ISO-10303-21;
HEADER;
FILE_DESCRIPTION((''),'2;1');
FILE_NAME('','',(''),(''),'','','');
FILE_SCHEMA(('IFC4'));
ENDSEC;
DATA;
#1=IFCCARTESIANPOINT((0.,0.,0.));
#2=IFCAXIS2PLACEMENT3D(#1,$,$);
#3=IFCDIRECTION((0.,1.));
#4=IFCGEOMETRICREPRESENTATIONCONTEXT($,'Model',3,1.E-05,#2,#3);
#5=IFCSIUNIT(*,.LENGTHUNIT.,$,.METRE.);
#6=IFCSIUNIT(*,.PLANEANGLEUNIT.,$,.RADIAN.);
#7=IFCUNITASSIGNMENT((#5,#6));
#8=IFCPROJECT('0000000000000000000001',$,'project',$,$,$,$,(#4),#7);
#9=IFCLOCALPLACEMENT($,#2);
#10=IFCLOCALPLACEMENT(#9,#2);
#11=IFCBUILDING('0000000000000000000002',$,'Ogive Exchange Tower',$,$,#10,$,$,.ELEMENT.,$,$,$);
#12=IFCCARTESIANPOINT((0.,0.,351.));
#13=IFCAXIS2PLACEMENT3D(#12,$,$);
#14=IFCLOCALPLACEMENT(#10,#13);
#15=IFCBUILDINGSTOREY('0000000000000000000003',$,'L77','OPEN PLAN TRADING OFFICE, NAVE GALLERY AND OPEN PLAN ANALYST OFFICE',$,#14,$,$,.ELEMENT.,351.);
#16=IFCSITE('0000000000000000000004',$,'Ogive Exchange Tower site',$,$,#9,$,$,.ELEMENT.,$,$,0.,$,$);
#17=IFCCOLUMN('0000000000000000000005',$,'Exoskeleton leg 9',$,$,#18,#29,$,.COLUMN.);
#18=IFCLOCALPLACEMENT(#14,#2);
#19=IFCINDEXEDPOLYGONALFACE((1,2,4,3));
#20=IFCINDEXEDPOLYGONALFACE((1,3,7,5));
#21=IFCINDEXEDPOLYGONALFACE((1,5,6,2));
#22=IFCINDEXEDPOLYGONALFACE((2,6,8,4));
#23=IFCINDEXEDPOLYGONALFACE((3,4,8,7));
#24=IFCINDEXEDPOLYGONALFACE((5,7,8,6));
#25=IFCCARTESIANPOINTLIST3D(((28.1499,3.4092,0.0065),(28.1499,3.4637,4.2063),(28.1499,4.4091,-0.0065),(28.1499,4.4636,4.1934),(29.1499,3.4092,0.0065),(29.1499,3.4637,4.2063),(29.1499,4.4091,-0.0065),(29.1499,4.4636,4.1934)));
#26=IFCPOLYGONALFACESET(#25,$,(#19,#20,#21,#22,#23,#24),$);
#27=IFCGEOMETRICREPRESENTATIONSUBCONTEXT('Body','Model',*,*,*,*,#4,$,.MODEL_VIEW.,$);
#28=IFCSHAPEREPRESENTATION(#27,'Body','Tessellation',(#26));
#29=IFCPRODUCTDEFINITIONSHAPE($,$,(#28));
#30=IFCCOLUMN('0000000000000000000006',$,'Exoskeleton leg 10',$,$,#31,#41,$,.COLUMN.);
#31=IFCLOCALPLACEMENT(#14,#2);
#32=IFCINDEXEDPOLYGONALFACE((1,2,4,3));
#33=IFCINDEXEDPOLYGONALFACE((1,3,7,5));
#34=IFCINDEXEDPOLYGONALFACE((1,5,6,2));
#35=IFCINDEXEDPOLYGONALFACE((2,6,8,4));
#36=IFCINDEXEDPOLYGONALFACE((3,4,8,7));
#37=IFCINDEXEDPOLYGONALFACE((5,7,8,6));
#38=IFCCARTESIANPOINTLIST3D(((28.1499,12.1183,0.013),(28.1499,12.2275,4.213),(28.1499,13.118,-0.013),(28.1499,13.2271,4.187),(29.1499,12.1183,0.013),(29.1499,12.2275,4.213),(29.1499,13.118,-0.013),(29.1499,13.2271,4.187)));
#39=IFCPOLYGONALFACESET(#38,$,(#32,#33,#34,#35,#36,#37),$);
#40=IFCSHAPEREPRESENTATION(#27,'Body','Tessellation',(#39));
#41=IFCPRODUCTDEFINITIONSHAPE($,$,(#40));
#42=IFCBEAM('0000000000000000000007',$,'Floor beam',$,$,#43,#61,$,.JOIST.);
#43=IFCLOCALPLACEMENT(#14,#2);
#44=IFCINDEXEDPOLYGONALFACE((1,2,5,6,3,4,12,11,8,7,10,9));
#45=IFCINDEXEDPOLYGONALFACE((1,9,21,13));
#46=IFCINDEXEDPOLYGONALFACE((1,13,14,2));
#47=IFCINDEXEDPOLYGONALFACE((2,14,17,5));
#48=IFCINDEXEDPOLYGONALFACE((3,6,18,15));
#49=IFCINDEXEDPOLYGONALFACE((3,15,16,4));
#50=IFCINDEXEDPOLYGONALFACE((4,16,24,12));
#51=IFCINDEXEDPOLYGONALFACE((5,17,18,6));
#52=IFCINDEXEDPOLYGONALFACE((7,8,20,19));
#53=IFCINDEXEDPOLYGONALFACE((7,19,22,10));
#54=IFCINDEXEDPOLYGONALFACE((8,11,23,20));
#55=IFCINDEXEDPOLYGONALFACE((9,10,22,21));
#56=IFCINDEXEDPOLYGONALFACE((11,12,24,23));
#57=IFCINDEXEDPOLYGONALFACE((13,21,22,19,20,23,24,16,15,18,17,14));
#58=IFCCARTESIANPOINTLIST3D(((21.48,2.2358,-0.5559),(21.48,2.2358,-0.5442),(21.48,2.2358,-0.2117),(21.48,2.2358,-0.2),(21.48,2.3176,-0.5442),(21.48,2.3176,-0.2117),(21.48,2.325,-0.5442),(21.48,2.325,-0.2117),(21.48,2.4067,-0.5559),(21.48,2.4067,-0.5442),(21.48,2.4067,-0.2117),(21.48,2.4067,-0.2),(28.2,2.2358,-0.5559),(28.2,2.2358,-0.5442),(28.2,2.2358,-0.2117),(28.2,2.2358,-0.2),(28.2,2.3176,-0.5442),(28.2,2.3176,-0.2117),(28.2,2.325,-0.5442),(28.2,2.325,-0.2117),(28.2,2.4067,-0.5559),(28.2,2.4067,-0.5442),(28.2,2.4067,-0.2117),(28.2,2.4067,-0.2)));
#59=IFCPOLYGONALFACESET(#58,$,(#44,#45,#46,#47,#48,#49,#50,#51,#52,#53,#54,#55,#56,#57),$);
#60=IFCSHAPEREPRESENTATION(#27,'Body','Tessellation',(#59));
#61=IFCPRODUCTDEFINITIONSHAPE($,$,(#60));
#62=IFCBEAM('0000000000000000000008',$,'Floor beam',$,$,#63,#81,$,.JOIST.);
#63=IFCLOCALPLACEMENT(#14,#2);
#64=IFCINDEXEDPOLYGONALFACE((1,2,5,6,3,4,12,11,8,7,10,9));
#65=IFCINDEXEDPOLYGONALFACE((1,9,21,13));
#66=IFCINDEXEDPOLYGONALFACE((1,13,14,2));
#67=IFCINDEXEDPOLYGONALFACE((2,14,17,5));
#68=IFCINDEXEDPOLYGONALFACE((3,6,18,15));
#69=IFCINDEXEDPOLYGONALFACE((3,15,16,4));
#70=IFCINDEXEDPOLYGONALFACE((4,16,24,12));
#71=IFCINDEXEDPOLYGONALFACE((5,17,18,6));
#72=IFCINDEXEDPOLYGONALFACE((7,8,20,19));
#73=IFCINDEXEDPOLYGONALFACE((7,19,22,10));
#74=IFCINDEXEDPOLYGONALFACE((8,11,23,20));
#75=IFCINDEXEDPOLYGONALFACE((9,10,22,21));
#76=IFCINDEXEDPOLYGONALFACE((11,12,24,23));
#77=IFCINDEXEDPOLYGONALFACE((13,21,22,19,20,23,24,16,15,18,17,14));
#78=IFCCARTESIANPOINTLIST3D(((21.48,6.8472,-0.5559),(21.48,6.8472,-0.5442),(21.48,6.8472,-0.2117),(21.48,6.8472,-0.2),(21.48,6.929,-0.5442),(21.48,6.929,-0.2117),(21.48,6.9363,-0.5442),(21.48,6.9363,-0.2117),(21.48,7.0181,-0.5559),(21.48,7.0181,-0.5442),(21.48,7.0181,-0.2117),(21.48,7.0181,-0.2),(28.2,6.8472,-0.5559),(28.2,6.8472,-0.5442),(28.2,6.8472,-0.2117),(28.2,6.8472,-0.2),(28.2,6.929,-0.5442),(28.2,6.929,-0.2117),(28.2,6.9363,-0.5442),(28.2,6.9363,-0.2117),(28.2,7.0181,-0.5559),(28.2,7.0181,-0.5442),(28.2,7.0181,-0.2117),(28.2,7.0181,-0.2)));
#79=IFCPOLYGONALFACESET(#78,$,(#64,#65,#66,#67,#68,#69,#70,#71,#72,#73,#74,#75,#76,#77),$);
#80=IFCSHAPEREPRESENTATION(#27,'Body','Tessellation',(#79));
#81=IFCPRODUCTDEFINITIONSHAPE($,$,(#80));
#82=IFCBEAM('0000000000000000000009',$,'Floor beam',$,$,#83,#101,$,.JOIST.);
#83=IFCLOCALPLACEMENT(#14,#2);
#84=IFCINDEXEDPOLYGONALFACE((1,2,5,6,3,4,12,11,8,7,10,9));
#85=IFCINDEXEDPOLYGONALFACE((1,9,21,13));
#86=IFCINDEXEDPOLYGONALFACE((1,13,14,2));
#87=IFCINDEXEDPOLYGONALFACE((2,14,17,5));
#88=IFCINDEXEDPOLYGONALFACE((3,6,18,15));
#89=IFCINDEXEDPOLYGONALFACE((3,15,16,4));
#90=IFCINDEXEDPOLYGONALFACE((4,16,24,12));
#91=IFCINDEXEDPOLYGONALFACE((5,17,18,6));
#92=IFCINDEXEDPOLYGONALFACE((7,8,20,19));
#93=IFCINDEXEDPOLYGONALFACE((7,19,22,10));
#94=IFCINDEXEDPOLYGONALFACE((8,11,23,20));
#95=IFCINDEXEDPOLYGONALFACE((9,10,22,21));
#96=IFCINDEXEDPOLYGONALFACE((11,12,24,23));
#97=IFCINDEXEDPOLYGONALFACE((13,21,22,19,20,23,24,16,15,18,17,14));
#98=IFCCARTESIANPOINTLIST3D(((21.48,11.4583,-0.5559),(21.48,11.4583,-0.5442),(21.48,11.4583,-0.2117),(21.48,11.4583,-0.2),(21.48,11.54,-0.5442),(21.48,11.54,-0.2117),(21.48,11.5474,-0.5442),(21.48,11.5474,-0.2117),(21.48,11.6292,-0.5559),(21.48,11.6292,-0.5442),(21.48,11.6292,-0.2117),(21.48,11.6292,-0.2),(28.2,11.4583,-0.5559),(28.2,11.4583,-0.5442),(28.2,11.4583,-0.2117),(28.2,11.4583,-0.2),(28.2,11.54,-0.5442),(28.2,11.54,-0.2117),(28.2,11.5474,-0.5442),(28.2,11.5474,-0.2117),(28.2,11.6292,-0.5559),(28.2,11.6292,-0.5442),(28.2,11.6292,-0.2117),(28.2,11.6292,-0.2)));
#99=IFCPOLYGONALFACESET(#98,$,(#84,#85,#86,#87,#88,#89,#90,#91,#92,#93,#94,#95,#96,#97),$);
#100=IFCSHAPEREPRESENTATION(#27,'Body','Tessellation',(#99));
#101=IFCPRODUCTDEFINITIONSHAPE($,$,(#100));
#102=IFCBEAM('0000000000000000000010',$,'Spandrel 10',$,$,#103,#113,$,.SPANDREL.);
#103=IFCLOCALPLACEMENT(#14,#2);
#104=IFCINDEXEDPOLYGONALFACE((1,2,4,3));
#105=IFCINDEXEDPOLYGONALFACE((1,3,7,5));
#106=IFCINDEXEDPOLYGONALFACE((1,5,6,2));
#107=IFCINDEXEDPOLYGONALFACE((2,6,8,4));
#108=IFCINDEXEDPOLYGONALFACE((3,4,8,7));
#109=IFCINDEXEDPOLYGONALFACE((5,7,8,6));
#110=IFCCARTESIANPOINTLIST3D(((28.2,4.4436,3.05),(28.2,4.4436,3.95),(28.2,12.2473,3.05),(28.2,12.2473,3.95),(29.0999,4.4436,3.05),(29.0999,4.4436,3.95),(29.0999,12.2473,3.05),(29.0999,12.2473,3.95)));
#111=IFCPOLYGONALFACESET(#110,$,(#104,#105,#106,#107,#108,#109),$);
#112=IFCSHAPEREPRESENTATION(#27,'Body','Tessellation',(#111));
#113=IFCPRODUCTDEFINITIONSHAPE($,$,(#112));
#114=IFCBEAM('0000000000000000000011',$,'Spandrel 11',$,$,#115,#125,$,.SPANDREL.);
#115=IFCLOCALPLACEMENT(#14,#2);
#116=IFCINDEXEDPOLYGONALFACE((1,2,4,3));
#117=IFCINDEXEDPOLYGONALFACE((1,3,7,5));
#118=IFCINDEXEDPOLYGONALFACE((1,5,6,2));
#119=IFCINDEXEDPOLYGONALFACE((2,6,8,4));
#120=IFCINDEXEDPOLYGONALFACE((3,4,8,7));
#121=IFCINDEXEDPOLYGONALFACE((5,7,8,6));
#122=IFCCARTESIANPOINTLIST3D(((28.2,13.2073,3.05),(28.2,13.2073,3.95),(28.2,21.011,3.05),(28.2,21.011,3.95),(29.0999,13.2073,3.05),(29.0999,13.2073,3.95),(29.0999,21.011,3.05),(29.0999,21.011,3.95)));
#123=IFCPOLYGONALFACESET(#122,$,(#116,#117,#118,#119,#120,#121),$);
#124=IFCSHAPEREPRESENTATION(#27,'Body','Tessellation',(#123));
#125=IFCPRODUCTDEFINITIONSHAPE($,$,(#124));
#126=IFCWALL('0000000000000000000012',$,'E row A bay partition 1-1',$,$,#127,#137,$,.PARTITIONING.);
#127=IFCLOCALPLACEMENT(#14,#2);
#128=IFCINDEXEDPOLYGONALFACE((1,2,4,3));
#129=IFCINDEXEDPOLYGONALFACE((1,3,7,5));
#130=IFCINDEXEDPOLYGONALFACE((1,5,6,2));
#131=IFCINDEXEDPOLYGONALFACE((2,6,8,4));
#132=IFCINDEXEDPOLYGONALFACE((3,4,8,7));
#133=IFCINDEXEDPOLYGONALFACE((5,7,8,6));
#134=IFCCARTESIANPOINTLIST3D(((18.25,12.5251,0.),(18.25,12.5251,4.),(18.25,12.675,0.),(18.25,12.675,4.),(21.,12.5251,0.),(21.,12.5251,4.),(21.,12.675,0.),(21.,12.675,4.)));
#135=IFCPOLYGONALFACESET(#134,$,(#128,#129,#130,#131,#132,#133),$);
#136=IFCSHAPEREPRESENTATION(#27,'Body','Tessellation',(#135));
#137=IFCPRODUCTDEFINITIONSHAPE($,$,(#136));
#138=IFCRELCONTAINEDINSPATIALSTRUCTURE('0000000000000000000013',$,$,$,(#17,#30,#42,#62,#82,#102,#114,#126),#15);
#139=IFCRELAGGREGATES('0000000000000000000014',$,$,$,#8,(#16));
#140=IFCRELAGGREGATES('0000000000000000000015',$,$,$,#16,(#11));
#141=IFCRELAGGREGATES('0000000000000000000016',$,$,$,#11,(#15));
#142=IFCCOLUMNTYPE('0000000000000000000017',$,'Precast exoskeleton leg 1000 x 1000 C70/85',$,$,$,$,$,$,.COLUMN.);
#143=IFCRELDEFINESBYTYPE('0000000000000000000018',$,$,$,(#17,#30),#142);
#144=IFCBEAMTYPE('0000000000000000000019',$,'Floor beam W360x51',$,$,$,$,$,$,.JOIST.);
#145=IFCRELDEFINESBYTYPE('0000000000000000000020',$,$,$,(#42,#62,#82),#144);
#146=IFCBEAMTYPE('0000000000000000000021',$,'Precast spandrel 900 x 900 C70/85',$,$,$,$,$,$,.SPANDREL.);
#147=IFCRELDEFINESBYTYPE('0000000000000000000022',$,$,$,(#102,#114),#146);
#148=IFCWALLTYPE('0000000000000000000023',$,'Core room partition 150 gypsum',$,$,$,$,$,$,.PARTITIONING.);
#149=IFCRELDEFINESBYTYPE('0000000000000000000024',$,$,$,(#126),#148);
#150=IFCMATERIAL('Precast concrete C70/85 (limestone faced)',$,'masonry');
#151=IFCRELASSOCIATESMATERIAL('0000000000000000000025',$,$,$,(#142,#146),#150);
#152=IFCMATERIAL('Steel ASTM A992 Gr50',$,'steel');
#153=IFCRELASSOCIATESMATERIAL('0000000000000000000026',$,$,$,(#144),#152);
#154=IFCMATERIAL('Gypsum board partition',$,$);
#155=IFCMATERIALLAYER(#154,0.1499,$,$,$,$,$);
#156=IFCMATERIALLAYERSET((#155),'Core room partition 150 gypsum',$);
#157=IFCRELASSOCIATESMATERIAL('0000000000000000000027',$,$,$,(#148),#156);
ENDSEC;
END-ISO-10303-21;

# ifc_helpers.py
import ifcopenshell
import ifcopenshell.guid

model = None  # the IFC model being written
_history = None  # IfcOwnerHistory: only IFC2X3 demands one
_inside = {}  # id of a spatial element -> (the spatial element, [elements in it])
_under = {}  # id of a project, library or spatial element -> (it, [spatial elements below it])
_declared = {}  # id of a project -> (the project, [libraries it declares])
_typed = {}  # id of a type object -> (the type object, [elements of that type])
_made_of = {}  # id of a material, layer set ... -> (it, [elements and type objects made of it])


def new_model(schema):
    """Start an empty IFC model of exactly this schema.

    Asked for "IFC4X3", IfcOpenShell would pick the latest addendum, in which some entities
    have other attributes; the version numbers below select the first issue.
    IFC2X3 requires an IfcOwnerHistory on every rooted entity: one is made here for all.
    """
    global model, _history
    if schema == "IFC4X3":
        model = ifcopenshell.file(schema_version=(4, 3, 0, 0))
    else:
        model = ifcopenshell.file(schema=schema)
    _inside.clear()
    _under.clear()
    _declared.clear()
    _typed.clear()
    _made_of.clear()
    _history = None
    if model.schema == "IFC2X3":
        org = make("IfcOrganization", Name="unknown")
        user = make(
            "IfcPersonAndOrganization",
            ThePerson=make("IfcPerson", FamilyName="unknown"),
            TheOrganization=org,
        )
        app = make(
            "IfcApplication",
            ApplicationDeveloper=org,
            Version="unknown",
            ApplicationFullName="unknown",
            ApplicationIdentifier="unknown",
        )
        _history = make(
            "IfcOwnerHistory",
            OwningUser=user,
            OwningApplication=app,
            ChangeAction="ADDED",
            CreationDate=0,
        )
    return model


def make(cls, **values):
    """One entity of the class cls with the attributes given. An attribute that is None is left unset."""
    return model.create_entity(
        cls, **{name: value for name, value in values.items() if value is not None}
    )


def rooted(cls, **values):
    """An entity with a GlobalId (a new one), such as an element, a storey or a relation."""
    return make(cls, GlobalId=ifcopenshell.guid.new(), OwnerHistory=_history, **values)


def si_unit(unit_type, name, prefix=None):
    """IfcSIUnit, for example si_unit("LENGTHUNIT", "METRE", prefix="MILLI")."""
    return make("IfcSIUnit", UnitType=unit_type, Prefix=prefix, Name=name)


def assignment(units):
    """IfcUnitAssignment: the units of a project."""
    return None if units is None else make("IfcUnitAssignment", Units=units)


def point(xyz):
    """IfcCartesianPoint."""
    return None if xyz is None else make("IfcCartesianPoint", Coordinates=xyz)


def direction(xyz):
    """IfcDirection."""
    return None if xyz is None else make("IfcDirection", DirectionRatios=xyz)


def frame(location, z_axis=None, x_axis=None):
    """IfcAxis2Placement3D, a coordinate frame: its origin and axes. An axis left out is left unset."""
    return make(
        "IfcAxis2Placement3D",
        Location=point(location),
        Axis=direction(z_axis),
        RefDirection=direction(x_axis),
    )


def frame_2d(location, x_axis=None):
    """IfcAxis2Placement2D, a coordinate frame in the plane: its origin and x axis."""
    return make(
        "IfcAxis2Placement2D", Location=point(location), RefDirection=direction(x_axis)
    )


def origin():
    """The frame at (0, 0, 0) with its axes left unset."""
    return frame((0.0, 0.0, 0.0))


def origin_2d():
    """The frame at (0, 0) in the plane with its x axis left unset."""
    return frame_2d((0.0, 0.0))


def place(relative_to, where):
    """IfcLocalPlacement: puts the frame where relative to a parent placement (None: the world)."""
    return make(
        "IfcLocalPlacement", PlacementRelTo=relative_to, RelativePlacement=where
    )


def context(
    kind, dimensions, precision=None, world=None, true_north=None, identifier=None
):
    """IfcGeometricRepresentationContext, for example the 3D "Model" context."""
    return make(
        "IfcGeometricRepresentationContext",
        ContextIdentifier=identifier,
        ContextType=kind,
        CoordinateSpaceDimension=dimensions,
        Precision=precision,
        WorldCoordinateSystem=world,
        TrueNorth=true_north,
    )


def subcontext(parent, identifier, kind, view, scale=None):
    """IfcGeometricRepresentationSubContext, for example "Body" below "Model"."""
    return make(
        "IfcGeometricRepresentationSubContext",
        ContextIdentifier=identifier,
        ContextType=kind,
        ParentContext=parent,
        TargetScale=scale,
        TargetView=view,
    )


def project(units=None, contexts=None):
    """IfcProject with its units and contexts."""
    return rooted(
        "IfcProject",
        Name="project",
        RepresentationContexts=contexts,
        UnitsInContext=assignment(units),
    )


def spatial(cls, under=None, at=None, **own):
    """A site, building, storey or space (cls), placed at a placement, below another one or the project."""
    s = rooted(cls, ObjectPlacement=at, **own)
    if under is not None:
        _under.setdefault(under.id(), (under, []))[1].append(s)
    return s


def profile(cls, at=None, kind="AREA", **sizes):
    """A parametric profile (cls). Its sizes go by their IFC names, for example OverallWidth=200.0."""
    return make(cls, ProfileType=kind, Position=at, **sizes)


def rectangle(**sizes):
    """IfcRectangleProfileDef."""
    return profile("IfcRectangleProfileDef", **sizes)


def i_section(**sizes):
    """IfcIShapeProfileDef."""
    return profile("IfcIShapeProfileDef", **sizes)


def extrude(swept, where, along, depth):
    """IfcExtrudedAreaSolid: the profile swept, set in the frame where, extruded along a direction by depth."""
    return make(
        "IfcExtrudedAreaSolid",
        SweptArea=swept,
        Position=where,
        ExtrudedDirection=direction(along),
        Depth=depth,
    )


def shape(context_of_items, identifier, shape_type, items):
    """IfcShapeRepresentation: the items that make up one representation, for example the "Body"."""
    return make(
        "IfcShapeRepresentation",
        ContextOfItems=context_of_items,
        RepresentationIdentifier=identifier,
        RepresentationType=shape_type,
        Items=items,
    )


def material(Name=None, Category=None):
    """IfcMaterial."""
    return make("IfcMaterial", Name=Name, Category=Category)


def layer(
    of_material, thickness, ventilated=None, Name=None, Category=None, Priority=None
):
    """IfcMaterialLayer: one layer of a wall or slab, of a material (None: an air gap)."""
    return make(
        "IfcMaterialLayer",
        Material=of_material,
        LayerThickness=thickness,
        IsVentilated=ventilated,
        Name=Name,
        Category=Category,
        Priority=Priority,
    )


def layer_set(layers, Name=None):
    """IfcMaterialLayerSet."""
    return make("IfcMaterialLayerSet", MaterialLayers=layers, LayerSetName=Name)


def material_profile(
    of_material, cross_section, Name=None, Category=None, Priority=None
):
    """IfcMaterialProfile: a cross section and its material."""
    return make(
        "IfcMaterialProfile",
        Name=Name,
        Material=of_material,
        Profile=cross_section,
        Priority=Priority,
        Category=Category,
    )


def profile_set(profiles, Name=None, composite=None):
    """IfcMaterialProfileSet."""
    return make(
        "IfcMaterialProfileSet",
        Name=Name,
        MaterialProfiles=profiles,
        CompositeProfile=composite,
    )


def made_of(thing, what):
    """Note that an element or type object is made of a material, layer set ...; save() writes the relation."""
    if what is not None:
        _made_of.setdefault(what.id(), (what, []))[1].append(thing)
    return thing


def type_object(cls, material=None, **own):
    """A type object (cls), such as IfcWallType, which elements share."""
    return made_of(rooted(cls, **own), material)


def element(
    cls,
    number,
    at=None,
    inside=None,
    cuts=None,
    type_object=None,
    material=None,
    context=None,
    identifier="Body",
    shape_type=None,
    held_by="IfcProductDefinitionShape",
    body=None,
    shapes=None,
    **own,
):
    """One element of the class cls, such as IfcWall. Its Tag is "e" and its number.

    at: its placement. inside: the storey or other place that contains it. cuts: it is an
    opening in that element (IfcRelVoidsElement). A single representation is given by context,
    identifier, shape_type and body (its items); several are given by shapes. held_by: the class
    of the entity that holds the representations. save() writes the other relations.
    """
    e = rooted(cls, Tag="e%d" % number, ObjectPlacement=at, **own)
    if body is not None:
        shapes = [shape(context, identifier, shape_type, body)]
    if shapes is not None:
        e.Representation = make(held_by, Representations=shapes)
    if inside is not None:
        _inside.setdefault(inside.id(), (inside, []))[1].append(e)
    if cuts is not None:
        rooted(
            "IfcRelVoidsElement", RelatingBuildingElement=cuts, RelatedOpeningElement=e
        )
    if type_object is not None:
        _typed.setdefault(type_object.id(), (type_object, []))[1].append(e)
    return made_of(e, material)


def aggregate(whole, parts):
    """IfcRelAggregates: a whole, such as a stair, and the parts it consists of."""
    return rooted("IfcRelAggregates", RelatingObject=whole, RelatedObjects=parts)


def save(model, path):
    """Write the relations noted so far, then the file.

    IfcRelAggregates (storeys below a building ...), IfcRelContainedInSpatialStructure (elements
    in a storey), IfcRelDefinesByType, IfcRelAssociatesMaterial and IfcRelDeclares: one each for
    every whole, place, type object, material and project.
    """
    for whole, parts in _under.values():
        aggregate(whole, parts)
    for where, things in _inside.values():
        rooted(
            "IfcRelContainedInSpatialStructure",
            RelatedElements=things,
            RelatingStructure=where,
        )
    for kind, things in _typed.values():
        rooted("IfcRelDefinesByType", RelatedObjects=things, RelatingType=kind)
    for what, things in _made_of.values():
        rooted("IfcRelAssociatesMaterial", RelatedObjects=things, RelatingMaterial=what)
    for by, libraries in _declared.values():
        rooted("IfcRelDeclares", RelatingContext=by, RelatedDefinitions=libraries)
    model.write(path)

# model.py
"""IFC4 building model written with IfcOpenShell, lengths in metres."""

from ifc_helpers import new_model, si_unit, direction, frame, frame_2d, origin, origin_2d, place, context, subcontext, project, spatial, rectangle, i_section, extrude, material, layer, layer_set, material_profile, profile_set, type_object, element, save


model = new_model("IFC4")

# Units and contexts
model_context = context("Model", 3, precision=1e-05, world=origin(), true_north=direction((0.0, 1.0)))
body_context = subcontext(model_context, "Body", "Model", "MODEL_VIEW")
ifc_project = project(units=[si_unit("LENGTHUNIT", "METRE"), si_unit("PLANEANGLEUNIT", "RADIAN")], contexts=[model_context])

# Site, building, storey
site_placement = place(None, origin())
site = spatial("IfcSite", under=ifc_project, at=site_placement, Name="Ogive Exchange Tower site", CompositionType="ELEMENT", RefElevation=0.0)
building_placement = place(site_placement, origin())
building = spatial("IfcBuilding", under=site, at=building_placement, Name="Ogive Exchange Tower", CompositionType="ELEMENT")
storey_placement = place(building_placement, frame((0.0, 0.0, 351.0)))
storey = spatial("IfcBuildingStorey", under=building, at=storey_placement, Name="L77", Description="OPEN PLAN TRADING OFFICE, NAVE GALLERY AND OPEN PLAN ANALYST OFFICE", CompositionType="ELEMENT", Elevation=351.0)

# Columns
ifc_material_1 = material(Name="Precast concrete C70/85 (limestone faced)", Category="masonry")
ifc_material_profile_1 = material_profile(ifc_material_1, rectangle(XDim=1.0, YDim=1.0, at=origin_2d()), Name="1000 x 1000")
ifc_profile_set_1 = profile_set([ifc_material_profile_1], Name="Precast concrete C70/85 (limestone faced)")
column_type = type_object("IfcColumnType", Name="Precast exoskeleton leg 1000 x 1000 C70/85", PredefinedType="COLUMN", material=ifc_profile_set_1)
column_1_placement = place(storey_placement, frame((28.6499, 3.9092, 0.0), z_axis=(0.0, 0.012962, 0.999916), x_axis=(-1.0, 0.0, 0.0)))
element("IfcColumn", 1, at=column_1_placement, inside=storey, type_object=column_type, Name="Exoskeleton leg 9", PredefinedType="COLUMN", context=body_context, shape_type="SweptSolid", body=[
    extrude(rectangle(XDim=1.0, YDim=1.0, at=origin_2d()), origin(), (0.0, 0.0, 1.0), 4.2002),
])
column_2_placement = place(storey_placement, frame((28.6499, 12.6182, 0.0), z_axis=(0.0, 0.025975, 0.999663), x_axis=(-1.0, 0.0, 0.0)))
element("IfcColumn", 2, at=column_2_placement, inside=storey, type_object=column_type, Name="Exoskeleton leg 10", PredefinedType="COLUMN", context=body_context, shape_type="SweptSolid", body=[
    extrude(rectangle(XDim=1.0, YDim=1.0, at=origin_2d()), origin(), (0.0, 0.0, 1.0), 4.2014),
])

# Beams
ifc_material_2 = material(Name="Steel ASTM A992 Gr50", Category="steel")
ifc_material_profile_2 = material_profile(ifc_material_2, i_section(OverallWidth=0.1709, OverallDepth=0.356, WebThickness=0.0073, FlangeThickness=0.0117, at=origin_2d()), Name="W360x51")
ifc_profile_set_2 = profile_set([ifc_material_profile_2], Name="Steel ASTM A992 Gr50")
beam_type_1 = type_object("IfcBeamType", Name="Floor beam W360x51", PredefinedType="JOIST", material=ifc_profile_set_2)
for number, where, z_axis, x_axis, name in (
    (3, (21.48, 2.3213, -0.3779), (1.0, 0.0, 0.0), (0.0, 1.0, 0.0), "Floor beam"),
    (4, (21.48, 6.9326, -0.3779), (1.0, 0.0, 0.0), (0.0, 1.0, 0.0), "Floor beam"),
    (5, (21.48, 11.5437, -0.3779), (1.0, 0.0, 0.0), (0.0, 1.0, 0.0), "Floor beam"),
):
    element("IfcBeam", number, at=place(storey_placement, frame(where, z_axis=z_axis, x_axis=x_axis)), inside=storey, type_object=beam_type_1, Name=name, PredefinedType="JOIST", context=body_context, shape_type="SweptSolid", body=[
        extrude(i_section(OverallWidth=0.1709, OverallDepth=0.356, WebThickness=0.0073, FlangeThickness=0.0117, at=origin_2d()), origin(), (0.0, 0.0, 1.0), 6.72),
    ])
ifc_material_profile_3 = material_profile(ifc_material_1, rectangle(XDim=0.8999, YDim=0.8999, at=origin_2d()), Name="900 x 900")
ifc_profile_set_3 = profile_set([ifc_material_profile_3], Name="Precast concrete C70/85 (limestone faced)")
beam_type_2 = type_object("IfcBeamType", Name="Precast spandrel 900 x 900 C70/85", PredefinedType="SPANDREL", material=ifc_profile_set_3)
for number, where, z_axis, x_axis, name in (
    (6, (28.6499, 4.4436, 3.5), (0.0, 1.0, 0.0), (-1.0, 0.0, 0.0), "Spandrel 10"),
    (7, (28.6499, 13.2073, 3.5), (0.0, 1.0, 0.0), (-1.0, 0.0, 0.0), "Spandrel 11"),
):
    element("IfcBeam", number, at=place(storey_placement, frame(where, z_axis=z_axis, x_axis=x_axis)), inside=storey, type_object=beam_type_2, Name=name, PredefinedType="SPANDREL", context=body_context, shape_type="SweptSolid", body=[
        extrude(rectangle(XDim=0.8999, YDim=0.8999, at=origin_2d()), origin(), (0.0, 0.0, 1.0), 7.8037),
    ])

# Wall
ifc_material_3 = material(Name="Gypsum board partition")
ifc_layer_1 = layer(ifc_material_3, 0.1499)
ifc_layer_set_1 = layer_set([ifc_layer_1], Name="Core room partition 150 gypsum")
wall_type_1 = type_object("IfcWallType", Name="Core room partition 150 gypsum", PredefinedType="PARTITIONING", material=ifc_layer_set_1)
wall_1_placement = place(storey_placement, frame((18.25, 12.6001, 0.0), z_axis=(0.0, 0.0, 1.0), x_axis=(1.0, 0.0, 0.0)))
element("IfcWall", 8, at=wall_1_placement, inside=storey, type_object=wall_type_1, Name="E row A bay partition 1-1", PredefinedType="PARTITIONING", context=body_context, shape_type="SweptSolid", body=[
    extrude(rectangle(XDim=2.75, YDim=0.1499, at=frame_2d((1.375, 0.0))), origin(), (0.0, 0.0, 1.0), 4.0),
])

save(model, "model.ifc")
